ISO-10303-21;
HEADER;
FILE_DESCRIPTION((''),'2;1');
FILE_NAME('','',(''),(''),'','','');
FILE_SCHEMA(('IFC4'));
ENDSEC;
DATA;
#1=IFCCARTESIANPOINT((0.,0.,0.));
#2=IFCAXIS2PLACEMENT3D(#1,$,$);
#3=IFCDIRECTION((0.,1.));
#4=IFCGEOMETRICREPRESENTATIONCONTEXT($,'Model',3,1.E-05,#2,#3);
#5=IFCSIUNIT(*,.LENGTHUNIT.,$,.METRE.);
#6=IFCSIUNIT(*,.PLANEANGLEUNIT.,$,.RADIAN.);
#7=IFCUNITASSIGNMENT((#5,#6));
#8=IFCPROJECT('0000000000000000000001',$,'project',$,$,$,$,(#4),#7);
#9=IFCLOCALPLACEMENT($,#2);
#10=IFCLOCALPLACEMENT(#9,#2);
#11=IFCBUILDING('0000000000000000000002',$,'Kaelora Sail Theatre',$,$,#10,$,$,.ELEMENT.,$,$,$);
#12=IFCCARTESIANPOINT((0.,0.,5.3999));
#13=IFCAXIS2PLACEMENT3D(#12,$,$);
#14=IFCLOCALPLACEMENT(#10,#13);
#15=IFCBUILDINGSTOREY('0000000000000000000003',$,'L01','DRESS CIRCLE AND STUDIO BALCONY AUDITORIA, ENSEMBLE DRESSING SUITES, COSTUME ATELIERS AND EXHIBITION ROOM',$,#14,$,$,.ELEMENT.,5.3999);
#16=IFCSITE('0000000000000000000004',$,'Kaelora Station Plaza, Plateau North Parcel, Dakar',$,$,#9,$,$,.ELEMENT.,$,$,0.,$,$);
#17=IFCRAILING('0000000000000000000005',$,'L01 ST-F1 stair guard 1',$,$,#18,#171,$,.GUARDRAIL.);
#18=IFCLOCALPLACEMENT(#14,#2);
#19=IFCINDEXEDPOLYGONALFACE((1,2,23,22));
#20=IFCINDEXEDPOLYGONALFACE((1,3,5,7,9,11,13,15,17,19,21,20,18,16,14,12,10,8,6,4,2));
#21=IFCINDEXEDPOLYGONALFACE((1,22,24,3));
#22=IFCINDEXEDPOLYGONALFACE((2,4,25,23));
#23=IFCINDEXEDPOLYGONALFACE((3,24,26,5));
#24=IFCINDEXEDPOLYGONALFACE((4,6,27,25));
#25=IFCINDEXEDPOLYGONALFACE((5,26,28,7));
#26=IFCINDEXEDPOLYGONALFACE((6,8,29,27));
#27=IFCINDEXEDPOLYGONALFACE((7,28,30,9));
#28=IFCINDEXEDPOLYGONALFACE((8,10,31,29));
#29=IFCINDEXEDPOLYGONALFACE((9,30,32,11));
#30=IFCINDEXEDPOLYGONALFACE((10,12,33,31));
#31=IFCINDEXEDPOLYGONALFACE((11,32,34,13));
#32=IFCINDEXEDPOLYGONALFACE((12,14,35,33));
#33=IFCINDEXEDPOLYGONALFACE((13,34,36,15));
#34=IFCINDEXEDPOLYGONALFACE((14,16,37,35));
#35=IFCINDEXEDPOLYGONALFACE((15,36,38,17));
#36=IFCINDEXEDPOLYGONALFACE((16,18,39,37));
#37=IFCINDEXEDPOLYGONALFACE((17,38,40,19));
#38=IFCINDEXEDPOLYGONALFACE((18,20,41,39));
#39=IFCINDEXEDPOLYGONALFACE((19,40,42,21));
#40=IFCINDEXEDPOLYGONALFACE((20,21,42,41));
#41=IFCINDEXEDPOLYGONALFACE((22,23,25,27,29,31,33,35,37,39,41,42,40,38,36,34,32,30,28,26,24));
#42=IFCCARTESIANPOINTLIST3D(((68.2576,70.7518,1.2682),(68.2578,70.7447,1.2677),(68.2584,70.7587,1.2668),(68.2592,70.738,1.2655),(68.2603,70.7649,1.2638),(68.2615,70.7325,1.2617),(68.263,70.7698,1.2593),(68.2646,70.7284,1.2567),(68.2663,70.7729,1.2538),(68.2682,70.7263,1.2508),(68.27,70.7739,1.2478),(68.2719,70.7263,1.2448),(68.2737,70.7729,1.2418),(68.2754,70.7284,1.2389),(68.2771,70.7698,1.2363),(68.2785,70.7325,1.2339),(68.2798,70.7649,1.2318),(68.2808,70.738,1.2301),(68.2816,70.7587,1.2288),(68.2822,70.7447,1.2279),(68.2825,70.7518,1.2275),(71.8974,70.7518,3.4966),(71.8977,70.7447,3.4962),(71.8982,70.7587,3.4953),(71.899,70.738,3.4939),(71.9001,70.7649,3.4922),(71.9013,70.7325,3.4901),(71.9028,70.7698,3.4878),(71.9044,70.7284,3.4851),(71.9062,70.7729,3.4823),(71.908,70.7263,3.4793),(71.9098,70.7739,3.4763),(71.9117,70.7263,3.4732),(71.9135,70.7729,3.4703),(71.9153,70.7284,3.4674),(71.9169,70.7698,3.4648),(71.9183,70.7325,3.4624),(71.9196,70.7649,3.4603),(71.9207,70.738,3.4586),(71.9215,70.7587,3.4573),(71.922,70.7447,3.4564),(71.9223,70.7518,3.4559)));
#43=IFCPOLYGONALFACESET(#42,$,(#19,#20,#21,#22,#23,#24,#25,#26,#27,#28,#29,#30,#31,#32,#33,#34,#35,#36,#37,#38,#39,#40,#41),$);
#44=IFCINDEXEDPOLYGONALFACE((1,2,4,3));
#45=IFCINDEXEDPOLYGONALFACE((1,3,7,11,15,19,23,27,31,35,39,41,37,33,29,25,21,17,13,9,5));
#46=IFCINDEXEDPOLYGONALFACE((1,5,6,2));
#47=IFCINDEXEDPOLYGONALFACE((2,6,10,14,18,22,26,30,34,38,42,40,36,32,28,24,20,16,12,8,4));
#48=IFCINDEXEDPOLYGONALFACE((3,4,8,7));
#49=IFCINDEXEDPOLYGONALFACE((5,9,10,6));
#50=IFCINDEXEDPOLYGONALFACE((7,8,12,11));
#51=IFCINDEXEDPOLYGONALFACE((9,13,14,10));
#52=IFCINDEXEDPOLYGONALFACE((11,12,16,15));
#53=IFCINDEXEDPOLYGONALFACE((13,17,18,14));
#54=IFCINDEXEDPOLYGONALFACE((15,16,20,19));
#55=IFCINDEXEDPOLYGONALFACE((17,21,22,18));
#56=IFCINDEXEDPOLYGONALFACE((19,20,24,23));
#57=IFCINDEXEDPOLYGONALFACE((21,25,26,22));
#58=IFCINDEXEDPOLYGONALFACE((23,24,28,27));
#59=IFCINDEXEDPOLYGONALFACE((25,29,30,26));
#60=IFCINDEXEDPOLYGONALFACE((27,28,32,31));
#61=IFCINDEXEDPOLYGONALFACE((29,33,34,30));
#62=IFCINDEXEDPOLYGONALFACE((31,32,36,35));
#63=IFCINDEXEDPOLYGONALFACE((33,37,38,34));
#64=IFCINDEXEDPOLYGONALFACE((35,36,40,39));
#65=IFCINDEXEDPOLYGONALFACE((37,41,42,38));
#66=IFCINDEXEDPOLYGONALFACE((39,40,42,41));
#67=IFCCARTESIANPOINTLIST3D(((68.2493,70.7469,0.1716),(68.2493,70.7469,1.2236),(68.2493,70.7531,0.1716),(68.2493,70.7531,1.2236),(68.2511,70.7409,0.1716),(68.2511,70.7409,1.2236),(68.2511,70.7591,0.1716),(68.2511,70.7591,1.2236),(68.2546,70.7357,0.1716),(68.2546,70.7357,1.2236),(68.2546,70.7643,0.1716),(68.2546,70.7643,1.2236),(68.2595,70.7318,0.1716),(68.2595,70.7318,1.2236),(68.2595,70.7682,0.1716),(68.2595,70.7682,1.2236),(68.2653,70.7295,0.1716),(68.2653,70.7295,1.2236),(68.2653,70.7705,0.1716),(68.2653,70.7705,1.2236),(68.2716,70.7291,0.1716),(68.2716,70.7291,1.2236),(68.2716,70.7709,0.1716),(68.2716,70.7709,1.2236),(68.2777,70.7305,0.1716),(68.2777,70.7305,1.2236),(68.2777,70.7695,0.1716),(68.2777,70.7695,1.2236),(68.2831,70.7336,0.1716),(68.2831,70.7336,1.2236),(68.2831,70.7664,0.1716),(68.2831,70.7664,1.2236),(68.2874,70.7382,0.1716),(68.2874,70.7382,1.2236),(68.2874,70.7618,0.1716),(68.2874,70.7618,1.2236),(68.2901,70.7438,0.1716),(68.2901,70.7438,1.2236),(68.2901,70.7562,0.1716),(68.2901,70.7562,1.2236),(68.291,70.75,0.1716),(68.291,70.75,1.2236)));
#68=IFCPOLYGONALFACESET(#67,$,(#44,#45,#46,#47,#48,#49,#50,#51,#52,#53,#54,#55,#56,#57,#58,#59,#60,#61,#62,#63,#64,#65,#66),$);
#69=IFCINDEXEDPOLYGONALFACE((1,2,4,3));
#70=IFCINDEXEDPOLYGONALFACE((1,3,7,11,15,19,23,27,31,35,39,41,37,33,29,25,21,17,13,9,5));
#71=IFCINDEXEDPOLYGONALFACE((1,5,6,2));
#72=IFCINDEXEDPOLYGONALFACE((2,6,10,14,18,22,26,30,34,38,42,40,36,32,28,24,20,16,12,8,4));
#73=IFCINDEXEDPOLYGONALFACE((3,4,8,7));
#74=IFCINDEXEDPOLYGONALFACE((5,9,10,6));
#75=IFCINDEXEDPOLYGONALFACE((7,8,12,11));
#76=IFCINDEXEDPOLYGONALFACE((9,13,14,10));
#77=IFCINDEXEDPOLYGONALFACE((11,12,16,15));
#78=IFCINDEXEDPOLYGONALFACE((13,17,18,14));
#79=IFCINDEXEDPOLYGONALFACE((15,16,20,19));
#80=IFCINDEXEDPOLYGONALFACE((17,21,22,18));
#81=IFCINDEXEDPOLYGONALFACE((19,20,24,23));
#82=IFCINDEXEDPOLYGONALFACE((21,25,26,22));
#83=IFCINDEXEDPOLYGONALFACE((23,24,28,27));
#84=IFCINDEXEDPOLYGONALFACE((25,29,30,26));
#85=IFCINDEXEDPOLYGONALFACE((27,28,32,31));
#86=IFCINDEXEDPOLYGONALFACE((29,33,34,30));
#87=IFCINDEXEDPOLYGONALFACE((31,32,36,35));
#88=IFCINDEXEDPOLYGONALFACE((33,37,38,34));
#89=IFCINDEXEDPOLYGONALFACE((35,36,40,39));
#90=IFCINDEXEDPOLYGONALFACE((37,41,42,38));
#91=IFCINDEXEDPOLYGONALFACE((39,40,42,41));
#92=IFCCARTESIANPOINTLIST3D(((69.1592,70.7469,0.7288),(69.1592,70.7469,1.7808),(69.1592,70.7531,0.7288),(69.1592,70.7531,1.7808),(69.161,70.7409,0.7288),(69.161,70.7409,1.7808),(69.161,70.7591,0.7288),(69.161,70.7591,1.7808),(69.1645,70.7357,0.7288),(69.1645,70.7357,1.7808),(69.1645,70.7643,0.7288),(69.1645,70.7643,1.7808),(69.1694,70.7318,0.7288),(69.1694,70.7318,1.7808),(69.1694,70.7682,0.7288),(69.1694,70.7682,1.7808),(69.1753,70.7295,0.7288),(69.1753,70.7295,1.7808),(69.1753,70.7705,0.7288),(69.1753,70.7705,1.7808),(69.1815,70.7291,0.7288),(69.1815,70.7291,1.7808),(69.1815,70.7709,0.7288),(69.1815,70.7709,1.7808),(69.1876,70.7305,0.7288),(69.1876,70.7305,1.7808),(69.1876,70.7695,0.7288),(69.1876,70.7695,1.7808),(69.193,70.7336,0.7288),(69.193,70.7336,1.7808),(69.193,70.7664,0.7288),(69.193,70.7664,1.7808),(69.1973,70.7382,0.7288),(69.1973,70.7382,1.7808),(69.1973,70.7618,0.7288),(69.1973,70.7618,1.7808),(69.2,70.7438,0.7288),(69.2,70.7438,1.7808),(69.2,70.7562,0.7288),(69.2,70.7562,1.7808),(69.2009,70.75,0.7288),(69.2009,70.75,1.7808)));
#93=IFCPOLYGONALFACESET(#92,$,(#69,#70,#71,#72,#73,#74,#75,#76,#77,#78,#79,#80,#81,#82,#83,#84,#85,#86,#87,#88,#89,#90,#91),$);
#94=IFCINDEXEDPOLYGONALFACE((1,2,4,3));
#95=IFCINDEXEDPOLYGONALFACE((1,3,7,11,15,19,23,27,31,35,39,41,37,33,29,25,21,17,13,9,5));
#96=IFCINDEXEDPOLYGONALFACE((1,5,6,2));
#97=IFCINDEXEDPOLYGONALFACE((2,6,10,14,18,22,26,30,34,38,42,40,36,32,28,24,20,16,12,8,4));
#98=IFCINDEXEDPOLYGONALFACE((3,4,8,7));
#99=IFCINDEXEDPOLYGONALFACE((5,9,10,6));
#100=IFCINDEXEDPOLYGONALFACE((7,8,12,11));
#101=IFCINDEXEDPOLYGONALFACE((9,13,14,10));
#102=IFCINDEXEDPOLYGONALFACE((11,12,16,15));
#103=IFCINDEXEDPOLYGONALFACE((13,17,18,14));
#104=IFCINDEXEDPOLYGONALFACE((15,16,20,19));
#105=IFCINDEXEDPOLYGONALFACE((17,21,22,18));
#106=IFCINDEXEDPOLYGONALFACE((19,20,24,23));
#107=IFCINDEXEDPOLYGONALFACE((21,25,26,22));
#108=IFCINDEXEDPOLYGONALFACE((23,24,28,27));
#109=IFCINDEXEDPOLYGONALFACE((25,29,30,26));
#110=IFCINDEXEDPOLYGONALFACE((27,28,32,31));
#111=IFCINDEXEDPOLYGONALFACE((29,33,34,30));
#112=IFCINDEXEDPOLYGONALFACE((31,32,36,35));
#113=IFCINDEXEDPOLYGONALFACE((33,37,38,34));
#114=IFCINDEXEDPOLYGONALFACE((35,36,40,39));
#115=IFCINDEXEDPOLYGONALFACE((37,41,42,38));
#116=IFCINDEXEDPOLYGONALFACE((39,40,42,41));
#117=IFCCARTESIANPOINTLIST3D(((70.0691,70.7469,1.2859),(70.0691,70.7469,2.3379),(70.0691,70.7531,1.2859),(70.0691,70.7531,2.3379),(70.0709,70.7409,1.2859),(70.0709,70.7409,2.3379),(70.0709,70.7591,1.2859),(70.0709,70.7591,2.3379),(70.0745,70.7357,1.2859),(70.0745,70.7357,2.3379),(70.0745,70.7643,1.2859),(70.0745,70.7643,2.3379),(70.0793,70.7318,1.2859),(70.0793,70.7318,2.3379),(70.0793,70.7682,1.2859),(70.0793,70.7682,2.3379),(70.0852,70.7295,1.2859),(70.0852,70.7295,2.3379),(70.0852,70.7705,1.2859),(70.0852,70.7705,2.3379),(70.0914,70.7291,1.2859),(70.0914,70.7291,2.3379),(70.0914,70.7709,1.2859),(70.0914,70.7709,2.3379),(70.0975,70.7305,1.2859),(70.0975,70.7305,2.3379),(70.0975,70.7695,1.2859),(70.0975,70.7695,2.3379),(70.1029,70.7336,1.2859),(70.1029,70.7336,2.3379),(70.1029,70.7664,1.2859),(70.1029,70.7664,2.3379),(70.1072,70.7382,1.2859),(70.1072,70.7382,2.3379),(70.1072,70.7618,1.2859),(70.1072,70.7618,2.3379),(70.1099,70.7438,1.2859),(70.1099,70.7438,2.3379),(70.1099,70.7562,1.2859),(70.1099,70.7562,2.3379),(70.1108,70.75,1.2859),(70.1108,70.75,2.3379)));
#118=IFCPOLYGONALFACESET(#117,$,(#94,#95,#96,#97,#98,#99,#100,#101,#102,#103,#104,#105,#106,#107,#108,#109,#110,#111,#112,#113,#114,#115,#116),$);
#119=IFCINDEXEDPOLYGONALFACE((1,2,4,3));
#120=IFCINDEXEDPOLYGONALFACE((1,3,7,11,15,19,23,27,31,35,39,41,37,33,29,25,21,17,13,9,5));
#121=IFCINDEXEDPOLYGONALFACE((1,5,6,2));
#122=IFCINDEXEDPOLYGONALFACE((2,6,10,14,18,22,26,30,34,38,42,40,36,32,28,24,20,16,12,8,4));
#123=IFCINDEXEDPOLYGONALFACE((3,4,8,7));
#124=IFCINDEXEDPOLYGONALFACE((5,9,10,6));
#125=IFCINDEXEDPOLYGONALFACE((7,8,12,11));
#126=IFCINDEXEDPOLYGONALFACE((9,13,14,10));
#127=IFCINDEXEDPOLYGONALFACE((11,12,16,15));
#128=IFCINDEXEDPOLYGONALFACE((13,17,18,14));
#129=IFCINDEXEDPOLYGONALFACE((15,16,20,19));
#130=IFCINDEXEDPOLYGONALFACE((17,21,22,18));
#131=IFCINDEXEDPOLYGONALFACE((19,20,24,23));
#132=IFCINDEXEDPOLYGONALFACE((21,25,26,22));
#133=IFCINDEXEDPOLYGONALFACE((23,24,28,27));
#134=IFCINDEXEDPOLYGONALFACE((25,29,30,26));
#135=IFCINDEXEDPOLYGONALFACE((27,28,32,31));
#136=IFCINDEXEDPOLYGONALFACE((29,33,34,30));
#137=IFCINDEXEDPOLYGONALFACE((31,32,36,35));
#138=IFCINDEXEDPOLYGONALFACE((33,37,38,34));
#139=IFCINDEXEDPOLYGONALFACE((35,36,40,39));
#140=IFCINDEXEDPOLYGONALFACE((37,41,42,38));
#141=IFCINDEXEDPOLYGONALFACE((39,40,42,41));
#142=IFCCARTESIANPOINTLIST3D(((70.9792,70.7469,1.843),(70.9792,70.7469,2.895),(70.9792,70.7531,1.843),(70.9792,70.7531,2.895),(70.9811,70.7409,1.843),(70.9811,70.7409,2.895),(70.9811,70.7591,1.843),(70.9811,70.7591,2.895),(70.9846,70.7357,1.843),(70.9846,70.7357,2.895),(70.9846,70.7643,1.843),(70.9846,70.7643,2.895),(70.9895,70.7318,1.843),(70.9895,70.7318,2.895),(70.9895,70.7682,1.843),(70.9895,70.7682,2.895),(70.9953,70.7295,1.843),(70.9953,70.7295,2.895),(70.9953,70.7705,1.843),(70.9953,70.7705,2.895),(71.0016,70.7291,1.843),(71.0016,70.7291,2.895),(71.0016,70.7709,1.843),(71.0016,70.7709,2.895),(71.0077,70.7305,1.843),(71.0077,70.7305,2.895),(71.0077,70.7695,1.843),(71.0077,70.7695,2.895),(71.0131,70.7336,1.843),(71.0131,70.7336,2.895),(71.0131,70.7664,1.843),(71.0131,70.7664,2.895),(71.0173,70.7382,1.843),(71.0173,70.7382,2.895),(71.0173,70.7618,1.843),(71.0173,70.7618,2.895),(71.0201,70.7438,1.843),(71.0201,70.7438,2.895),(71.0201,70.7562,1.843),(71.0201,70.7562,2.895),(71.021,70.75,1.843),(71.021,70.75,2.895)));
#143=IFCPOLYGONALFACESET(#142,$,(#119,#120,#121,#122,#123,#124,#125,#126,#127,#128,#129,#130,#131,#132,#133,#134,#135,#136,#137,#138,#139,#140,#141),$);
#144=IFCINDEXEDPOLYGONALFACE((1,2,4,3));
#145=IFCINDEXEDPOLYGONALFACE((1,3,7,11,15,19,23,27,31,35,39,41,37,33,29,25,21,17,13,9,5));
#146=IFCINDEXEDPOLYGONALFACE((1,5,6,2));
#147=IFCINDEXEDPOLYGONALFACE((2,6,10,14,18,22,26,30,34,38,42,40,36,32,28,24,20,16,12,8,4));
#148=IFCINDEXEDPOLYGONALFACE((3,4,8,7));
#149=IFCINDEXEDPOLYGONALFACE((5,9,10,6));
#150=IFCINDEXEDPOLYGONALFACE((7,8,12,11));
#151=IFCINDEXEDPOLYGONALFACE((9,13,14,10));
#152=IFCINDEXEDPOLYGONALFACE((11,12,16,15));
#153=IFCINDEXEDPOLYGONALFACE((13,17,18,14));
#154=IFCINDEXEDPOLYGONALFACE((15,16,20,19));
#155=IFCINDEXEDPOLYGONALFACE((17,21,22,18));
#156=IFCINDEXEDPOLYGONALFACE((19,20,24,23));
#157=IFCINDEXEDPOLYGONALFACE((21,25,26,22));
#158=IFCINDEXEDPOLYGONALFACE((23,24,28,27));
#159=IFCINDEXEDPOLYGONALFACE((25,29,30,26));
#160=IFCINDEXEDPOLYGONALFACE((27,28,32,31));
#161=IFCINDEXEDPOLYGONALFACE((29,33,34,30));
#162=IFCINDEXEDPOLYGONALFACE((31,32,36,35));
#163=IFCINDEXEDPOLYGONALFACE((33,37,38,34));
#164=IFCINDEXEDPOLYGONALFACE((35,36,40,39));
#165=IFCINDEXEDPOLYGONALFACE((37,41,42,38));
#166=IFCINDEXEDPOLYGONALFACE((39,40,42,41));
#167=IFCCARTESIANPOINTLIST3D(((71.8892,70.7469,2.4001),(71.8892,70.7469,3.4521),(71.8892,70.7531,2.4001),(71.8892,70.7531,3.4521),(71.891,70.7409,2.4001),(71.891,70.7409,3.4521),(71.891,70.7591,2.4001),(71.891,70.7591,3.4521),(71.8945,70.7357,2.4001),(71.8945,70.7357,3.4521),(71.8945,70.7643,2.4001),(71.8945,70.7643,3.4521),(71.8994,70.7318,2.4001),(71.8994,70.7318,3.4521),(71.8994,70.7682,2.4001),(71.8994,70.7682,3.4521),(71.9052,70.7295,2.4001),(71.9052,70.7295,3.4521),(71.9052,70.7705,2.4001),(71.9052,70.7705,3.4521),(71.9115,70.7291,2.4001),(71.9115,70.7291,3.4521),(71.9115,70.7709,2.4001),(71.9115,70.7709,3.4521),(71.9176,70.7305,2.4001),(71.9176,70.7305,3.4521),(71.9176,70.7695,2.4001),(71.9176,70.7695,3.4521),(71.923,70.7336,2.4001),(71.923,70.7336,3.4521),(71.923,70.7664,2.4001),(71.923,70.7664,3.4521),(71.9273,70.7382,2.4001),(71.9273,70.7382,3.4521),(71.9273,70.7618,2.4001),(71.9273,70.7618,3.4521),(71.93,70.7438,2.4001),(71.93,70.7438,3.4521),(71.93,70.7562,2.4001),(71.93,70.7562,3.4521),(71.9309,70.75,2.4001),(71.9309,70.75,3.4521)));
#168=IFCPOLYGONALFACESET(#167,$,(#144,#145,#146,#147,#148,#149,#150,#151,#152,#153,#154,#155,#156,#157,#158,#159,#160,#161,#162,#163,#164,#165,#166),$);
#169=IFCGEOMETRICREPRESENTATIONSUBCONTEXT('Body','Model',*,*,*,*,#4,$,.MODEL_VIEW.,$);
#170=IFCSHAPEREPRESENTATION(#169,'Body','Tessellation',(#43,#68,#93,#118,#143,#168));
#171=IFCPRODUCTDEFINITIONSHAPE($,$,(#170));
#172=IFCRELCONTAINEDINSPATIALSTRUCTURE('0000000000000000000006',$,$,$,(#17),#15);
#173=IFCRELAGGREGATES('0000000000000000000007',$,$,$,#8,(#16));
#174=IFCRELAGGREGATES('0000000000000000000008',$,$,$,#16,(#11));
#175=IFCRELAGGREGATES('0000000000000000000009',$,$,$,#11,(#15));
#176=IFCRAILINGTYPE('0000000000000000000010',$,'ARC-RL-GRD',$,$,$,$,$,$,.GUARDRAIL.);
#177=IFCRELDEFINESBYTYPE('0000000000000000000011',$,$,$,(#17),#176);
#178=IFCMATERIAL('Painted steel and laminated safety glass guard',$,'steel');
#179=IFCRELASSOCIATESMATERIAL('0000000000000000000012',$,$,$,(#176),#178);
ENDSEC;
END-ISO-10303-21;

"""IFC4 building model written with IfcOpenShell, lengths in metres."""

from ifc_helpers import new_model, si_unit, direction, frame, origin, origin_2d, place, context, subcontext, project, spatial, circle, extrude, material, type_object, element, save


model = new_model("IFC4")

# Units and contexts
model_context = context("Model", 3, precision=1e-05, world=origin(), true_north=direction((0.0, 1.0)))
body_context = subcontext(model_context, "Body", "Model", "MODEL_VIEW")
ifc_project = project(units=[si_unit("LENGTHUNIT", "METRE"), si_unit("PLANEANGLEUNIT", "RADIAN")], contexts=[model_context])

# Site, building, storey
site_placement = place(None, origin())
site = spatial("IfcSite", under=ifc_project, at=site_placement, Name="Kaelora Station Plaza, Plateau North Parcel, Dakar", CompositionType="ELEMENT", RefElevation=0.0)
building_placement = place(site_placement, origin())
building = spatial("IfcBuilding", under=site, at=building_placement, Name="Kaelora Sail Theatre", CompositionType="ELEMENT")
storey_placement = place(building_placement, frame((0.0, 0.0, 5.3999)))
storey = spatial("IfcBuildingStorey", under=building, at=storey_placement, Name="L01", Description="DRESS CIRCLE AND STUDIO BALCONY AUDITORIA, ENSEMBLE DRESSING SUITES, COSTUME ATELIERS AND EXHIBITION ROOM", CompositionType="ELEMENT", Elevation=5.3999)

# Railing
ifc_material_1 = material(Name="Painted steel and laminated safety glass guard", Category="steel")
railing_type_1 = type_object("IfcRailingType", Name="ARC-RL-GRD", PredefinedType="GUARDRAIL", material=ifc_material_1)
railing_1_placement = place(storey_placement, frame((68.27, 70.75, 0.1716)))
element("IfcRailing", 1, at=railing_1_placement, inside=storey, type_object=railing_type_1, Name="L01 ST-F1 stair guard 1", PredefinedType="GUARDRAIL", context=body_context, shape_type="SweptSolid", body=[
    extrude(circle(Radius=0.0239, at=origin_2d()), frame((0.0, 0.0, 1.0762), z_axis=(0.85285, 0.0, 0.522156), x_axis=(0.0, 1.0, 0.0)), (0.0, 0.0, 1.0), 4.2678),
    extrude(circle(Radius=0.021, at=origin_2d()), origin(), (0.0, 0.0, 1.0), 1.052),
    extrude(circle(Radius=0.021, at=origin_2d()), frame((0.9099, 0.0, 0.5571)), (0.0, 0.0, 1.0), 1.052),
    extrude(circle(Radius=0.021, at=origin_2d()), frame((1.8198, 0.0, 1.1143)), (0.0, 0.0, 1.0), 1.052),
    extrude(circle(Radius=0.021, at=origin_2d()), frame((2.73, 0.0, 1.6714)), (0.0, 0.0, 1.0), 1.052),
    extrude(circle(Radius=0.021, at=origin_2d()), frame((3.6399, 0.0, 2.2285)), (0.0, 0.0, 1.0), 1.052),
])

save(model, "model.ifc")
